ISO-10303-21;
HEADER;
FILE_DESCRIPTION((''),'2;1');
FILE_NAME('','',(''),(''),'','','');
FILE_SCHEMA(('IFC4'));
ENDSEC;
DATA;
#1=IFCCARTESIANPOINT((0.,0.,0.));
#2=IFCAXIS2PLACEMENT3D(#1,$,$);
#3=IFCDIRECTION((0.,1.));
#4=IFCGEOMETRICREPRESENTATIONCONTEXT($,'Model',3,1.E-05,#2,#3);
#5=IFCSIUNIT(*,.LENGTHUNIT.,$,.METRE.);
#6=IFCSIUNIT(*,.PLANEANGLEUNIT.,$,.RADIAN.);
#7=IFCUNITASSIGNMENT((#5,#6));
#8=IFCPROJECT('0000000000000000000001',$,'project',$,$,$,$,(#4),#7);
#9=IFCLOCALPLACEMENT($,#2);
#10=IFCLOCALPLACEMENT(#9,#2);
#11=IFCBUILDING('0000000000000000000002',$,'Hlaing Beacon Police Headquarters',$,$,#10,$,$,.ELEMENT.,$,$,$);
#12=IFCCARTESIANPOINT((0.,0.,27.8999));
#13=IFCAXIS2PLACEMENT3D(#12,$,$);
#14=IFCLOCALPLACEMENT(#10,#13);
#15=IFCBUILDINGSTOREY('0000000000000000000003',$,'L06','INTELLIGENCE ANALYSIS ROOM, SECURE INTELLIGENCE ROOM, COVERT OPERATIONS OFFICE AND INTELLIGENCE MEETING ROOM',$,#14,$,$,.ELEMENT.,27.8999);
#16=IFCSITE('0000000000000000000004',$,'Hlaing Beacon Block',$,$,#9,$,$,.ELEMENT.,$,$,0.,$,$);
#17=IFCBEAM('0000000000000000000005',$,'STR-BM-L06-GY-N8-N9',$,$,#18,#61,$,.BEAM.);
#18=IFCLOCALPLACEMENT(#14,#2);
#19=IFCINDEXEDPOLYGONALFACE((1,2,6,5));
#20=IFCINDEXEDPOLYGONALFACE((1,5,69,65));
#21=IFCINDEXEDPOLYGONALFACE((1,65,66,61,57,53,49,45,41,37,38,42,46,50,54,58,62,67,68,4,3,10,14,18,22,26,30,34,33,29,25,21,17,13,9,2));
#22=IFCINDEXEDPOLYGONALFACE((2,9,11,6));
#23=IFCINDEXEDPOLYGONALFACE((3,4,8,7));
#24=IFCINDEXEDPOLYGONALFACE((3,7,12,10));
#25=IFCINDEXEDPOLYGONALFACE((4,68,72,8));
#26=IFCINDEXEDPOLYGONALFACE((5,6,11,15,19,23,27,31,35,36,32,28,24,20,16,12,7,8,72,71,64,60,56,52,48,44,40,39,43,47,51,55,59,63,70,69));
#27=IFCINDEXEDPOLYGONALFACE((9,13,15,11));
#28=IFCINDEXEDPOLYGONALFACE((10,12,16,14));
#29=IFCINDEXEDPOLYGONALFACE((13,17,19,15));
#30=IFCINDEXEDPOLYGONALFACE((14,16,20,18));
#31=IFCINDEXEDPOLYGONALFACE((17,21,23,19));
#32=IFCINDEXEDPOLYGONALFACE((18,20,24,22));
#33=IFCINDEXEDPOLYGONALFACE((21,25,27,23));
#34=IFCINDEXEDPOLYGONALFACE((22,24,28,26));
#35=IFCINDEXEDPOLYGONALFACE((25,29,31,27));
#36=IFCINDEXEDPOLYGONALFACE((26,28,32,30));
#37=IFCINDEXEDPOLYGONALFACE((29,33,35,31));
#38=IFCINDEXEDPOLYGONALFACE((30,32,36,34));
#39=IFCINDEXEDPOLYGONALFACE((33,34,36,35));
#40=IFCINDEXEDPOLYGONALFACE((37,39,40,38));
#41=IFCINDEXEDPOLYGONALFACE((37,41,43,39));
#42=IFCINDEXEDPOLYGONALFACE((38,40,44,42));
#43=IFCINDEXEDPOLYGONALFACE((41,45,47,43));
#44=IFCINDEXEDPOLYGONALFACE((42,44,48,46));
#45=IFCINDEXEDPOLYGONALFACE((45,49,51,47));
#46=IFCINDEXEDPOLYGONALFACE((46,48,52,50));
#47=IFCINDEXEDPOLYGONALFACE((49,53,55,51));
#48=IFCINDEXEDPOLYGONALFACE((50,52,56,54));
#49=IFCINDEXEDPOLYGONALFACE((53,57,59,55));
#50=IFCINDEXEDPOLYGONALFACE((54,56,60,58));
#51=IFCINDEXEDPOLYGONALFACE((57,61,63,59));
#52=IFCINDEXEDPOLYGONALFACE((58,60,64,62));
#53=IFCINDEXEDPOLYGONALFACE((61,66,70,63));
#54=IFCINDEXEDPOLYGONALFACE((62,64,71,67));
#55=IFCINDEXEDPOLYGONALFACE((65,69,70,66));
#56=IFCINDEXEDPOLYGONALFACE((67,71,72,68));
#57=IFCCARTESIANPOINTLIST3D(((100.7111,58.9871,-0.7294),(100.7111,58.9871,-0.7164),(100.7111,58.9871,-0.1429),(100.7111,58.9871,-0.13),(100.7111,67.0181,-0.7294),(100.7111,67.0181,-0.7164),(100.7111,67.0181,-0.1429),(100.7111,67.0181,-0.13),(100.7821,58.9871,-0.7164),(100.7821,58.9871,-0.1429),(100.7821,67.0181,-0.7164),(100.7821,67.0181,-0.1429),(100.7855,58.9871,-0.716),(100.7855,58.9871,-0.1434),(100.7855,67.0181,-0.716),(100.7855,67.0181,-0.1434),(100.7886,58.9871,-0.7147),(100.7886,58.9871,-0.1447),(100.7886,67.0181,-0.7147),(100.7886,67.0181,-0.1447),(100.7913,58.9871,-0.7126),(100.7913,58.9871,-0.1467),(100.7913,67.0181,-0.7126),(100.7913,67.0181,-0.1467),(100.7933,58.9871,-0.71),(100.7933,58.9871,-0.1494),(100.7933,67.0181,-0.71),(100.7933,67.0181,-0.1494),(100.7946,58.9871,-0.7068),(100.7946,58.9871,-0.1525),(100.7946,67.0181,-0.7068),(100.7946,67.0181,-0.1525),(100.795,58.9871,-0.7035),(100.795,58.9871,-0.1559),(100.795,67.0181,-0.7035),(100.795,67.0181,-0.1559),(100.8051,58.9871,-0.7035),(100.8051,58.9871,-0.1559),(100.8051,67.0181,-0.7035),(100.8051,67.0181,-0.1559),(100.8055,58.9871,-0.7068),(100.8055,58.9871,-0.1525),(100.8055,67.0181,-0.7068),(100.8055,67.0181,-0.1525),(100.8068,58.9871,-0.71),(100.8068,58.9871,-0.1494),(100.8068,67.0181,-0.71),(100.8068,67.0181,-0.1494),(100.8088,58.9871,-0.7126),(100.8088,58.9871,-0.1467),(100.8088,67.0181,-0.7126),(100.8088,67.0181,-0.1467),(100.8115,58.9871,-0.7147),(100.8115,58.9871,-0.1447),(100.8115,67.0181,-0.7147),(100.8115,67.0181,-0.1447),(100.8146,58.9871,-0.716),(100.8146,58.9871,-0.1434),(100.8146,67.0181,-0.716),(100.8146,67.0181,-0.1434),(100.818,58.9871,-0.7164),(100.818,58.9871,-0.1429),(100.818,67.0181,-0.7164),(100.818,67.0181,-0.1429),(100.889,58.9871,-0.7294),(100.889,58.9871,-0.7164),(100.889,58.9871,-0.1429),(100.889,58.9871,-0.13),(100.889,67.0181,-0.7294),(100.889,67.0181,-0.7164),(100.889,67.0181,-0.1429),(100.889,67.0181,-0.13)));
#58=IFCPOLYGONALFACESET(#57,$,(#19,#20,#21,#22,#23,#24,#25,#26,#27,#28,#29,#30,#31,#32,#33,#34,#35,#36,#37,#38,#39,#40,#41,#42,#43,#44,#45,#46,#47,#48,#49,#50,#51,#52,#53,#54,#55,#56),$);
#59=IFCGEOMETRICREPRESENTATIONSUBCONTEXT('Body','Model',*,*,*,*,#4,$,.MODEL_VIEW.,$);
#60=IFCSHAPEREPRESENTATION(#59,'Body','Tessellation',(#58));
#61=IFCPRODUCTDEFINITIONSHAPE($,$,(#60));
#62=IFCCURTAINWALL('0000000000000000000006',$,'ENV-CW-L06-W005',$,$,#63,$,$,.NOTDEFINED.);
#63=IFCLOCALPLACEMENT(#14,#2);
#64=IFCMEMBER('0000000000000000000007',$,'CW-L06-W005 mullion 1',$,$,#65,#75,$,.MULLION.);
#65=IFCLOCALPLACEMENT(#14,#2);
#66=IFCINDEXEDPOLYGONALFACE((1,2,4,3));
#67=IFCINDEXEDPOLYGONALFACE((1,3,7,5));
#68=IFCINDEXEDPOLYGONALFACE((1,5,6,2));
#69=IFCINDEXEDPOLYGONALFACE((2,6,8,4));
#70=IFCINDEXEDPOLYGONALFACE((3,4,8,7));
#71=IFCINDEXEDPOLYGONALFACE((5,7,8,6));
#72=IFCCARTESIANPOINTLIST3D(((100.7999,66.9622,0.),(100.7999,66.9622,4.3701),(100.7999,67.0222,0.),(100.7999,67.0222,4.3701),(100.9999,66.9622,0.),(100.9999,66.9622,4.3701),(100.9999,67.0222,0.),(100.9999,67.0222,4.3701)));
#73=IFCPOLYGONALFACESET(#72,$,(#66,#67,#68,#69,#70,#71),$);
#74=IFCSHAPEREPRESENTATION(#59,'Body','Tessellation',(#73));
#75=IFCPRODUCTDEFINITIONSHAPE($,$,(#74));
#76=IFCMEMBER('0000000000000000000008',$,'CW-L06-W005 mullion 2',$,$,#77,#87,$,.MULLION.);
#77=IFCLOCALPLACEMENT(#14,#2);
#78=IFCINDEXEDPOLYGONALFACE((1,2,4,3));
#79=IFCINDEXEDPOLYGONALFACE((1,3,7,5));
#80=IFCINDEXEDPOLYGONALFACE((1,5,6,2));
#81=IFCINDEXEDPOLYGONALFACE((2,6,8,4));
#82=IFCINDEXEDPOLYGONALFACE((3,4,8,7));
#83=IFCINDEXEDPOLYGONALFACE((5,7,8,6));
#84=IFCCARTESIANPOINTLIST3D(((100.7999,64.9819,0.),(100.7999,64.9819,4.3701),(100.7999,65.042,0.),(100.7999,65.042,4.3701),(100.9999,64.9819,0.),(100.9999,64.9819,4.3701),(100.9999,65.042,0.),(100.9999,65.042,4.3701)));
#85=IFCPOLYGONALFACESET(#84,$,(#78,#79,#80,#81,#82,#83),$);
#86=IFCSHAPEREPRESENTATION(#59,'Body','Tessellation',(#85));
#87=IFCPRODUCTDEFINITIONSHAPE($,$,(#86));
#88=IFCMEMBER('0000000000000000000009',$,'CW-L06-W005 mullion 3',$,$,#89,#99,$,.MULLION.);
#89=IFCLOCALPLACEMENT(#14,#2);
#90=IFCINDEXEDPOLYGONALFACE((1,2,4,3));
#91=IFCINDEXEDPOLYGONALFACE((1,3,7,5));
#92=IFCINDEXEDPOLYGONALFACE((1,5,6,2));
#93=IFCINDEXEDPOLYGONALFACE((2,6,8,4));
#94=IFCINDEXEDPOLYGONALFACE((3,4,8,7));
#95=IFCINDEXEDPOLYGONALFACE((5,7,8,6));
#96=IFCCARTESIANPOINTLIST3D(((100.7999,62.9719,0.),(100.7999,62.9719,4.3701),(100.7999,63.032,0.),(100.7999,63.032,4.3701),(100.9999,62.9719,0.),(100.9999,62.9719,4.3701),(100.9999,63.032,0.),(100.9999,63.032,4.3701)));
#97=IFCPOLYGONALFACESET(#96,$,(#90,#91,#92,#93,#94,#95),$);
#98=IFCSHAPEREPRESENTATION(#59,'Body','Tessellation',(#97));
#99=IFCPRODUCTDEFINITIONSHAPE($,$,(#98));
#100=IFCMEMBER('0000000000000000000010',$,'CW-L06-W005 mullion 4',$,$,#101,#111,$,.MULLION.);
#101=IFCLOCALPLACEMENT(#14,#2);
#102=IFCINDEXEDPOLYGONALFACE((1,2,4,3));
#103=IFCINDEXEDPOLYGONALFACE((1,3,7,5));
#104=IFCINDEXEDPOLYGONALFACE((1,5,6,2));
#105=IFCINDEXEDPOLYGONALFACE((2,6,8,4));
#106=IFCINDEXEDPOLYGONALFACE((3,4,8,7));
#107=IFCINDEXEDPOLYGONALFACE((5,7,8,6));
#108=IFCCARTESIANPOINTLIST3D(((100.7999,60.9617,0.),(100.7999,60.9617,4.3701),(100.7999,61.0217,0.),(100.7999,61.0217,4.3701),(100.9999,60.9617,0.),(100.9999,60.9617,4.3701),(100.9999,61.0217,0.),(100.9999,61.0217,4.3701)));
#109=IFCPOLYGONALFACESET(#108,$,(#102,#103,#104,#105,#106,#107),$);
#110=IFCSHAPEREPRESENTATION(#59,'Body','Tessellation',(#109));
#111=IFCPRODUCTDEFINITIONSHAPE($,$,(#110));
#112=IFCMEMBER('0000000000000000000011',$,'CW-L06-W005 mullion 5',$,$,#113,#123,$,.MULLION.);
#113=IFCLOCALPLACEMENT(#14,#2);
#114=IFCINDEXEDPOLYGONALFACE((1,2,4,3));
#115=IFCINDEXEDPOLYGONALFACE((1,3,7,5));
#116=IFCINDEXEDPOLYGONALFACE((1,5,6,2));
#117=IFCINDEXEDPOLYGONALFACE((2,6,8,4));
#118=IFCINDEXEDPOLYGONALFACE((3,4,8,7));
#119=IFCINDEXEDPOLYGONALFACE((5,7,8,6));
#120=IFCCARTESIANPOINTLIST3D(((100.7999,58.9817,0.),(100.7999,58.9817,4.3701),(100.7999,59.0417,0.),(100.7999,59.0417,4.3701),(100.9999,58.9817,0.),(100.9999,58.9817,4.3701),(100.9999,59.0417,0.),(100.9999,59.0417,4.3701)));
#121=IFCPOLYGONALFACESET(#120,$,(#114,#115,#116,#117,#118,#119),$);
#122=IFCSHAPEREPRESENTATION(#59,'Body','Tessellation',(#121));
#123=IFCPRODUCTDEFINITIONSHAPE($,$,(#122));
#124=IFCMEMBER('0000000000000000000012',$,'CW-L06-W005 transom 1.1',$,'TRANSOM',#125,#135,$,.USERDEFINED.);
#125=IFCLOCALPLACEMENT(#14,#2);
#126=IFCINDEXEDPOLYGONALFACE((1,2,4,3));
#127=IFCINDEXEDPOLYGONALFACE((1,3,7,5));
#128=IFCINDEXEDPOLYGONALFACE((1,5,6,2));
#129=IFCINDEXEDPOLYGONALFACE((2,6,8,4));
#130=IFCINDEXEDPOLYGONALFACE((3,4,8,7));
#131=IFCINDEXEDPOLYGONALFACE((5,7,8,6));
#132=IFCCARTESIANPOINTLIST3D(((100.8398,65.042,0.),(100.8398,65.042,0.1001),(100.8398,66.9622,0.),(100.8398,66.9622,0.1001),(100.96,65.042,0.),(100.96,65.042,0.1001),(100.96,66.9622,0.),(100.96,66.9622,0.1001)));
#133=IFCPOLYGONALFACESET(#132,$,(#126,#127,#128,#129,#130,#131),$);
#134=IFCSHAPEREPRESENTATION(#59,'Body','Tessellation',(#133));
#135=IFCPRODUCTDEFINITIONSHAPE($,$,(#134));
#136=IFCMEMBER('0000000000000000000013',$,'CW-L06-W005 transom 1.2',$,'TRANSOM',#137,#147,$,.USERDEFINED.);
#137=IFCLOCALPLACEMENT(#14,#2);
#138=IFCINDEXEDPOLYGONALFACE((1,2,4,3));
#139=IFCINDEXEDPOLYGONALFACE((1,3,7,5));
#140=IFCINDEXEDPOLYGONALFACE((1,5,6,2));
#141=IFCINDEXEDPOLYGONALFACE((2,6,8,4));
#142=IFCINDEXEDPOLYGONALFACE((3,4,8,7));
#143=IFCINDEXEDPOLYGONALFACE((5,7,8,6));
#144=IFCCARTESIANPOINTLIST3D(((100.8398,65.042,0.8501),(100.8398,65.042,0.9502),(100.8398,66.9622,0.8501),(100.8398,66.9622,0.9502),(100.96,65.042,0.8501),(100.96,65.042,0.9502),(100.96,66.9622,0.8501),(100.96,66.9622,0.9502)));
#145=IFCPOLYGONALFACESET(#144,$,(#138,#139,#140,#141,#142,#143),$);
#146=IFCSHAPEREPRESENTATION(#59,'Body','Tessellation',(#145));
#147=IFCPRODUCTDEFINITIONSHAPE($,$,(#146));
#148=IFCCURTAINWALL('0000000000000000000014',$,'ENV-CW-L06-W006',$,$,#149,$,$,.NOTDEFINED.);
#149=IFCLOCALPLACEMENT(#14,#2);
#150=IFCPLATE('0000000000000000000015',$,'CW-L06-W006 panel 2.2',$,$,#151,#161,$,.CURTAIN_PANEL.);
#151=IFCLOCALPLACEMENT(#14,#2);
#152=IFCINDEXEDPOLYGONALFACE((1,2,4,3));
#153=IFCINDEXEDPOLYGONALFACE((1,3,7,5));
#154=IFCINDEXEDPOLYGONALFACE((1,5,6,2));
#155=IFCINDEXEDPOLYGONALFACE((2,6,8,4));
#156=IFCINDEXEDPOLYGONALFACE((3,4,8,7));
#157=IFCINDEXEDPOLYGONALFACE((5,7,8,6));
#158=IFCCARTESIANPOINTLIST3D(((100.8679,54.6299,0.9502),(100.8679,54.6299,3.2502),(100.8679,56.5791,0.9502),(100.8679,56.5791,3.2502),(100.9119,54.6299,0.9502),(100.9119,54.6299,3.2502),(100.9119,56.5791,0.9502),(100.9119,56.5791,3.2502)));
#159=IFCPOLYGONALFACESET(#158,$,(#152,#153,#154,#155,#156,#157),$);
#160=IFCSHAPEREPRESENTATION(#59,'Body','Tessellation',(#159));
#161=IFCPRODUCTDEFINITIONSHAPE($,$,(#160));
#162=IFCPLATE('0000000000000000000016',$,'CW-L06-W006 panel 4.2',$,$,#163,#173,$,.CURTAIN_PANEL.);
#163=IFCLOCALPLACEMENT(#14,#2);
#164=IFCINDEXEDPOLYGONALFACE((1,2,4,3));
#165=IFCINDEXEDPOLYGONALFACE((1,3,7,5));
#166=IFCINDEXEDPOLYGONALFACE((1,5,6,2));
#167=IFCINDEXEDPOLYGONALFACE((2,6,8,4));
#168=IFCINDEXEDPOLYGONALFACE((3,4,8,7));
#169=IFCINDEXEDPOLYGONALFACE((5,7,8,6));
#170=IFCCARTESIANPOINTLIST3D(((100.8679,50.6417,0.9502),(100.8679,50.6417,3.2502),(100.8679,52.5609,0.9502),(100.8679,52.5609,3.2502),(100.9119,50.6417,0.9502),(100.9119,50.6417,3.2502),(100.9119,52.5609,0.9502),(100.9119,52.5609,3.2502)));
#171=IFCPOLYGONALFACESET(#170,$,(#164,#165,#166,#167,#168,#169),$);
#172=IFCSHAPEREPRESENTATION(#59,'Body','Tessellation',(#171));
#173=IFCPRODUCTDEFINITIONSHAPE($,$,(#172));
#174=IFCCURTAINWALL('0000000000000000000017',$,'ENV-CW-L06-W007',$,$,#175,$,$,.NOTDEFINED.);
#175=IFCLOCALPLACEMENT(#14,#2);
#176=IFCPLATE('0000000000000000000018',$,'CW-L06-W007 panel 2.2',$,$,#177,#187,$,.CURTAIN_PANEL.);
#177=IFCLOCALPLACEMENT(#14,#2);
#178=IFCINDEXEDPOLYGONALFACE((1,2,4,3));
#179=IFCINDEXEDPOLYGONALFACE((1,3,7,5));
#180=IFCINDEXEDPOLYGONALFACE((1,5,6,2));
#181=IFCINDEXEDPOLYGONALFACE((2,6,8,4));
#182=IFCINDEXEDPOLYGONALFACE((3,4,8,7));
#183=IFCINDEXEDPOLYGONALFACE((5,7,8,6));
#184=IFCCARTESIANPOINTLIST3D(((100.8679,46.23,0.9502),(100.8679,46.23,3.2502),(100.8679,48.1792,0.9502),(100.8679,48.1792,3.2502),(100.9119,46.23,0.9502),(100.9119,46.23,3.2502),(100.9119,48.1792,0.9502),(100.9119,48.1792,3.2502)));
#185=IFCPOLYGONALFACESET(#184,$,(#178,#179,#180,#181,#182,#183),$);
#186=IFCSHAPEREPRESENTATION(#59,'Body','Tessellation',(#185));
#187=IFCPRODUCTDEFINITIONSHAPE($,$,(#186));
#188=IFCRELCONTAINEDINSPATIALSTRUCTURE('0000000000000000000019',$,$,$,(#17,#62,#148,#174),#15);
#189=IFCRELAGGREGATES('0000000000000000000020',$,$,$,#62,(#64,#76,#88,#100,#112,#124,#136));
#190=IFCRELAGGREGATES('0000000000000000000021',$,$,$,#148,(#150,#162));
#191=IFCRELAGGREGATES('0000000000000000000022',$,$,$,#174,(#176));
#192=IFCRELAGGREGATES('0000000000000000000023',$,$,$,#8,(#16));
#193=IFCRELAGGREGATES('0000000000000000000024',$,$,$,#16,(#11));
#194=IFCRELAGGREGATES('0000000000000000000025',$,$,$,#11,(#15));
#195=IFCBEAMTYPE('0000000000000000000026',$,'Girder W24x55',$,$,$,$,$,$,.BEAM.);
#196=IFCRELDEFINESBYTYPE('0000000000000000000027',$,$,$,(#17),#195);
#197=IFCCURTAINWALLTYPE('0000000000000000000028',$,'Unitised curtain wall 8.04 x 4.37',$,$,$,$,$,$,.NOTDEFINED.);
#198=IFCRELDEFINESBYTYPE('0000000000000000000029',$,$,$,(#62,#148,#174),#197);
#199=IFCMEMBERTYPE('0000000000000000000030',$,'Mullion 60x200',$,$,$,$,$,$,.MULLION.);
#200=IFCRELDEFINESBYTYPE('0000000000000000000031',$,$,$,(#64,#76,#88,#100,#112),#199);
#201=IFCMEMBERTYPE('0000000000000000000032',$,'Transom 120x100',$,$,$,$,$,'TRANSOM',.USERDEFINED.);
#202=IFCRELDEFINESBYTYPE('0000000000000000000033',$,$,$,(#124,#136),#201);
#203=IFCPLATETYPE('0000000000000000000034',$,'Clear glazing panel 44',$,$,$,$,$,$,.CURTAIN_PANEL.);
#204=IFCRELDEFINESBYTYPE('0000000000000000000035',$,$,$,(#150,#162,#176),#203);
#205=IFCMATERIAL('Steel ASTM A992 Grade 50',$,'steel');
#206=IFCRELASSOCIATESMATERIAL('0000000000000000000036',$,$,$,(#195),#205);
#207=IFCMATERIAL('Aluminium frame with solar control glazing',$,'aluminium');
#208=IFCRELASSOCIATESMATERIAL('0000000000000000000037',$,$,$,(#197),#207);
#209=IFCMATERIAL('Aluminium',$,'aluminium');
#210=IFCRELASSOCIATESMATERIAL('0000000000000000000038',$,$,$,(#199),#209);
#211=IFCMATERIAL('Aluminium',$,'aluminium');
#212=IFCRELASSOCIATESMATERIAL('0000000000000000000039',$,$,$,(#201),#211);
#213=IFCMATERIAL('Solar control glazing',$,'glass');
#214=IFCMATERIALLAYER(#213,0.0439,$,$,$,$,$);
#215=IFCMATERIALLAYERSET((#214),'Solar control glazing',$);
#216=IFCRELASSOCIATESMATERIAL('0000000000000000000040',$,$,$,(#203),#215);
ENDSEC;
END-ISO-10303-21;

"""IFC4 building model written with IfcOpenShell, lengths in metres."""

from ifc_helpers import new_model, si_unit, direction, frame, origin, origin_2d, place, context, subcontext, project, spatial, rectangle, i_section, extrude, material, layer, layer_set, material_profile, profile_set, type_object, element, aggregate, save


model = new_model("IFC4")

# Units and contexts
model_context = context("Model", 3, precision=1e-05, world=origin(), true_north=direction((0.0, 1.0)))
body_context = subcontext(model_context, "Body", "Model", "MODEL_VIEW")
ifc_project = project(units=[si_unit("LENGTHUNIT", "METRE"), si_unit("PLANEANGLEUNIT", "RADIAN")], contexts=[model_context])

# Site, building, storey
site_placement = place(None, origin())
site = spatial("IfcSite", under=ifc_project, at=site_placement, Name="Hlaing Beacon Block", CompositionType="ELEMENT", RefElevation=0.0)
building_placement = place(site_placement, origin())
building = spatial("IfcBuilding", under=site, at=building_placement, Name="Hlaing Beacon Police Headquarters", CompositionType="ELEMENT")
storey_placement = place(building_placement, frame((0.0, 0.0, 27.8999)))
storey = spatial("IfcBuildingStorey", under=building, at=storey_placement, Name="L06", Description="INTELLIGENCE ANALYSIS ROOM, SECURE INTELLIGENCE ROOM, COVERT OPERATIONS OFFICE AND INTELLIGENCE MEETING ROOM", CompositionType="ELEMENT", Elevation=27.8999)

# Beam
ifc_material_1 = material(Name="Steel ASTM A992 Grade 50", Category="steel")
ifc_material_profile_1 = material_profile(ifc_material_1, i_section(OverallWidth=0.178, OverallDepth=0.5994, WebThickness=0.01, FlangeThickness=0.0129, FilletRadius=0.0129, at=origin_2d()), Name="W24x55")
ifc_profile_set_1 = profile_set([ifc_material_profile_1], Name="Steel ASTM A992 Grade 50")
beam_type = type_object("IfcBeamType", Name="Girder W24x55", PredefinedType="BEAM", material=ifc_profile_set_1)
beam_placement = place(storey_placement, frame((100.8, 58.9871, -0.4297), z_axis=(0.0, 1.0, 0.0), x_axis=(-1.0, 0.0, 0.0)))
element("IfcBeam", 1, at=beam_placement, inside=storey, type_object=beam_type, Name="STR-BM-L06-GY-N8-N9", PredefinedType="BEAM", context=body_context, shape_type="SweptSolid", body=[
    extrude(i_section(OverallWidth=0.178, OverallDepth=0.5994, WebThickness=0.01, FlangeThickness=0.0129, FilletRadius=0.0129, at=origin_2d()), origin(), (0.0, 0.0, 1.0), 8.031),
])

# Curtain wall, members
ifc_material_2 = material(Name="Aluminium frame with solar control glazing", Category="aluminium")
curtain_wall_type = type_object("IfcCurtainWallType", Name="Unitised curtain wall 8.04 x 4.37", PredefinedType="NOTDEFINED", material=ifc_material_2)
curtain_wall_1_placement = place(storey_placement, origin())
curtain_wall_1 = element("IfcCurtainWall", 2, at=curtain_wall_1_placement, inside=storey, type_object=curtain_wall_type, Name="ENV-CW-L06-W005", PredefinedType="NOTDEFINED")
ifc_material_3 = material(Name="Aluminium", Category="aluminium")
ifc_material_profile_2 = material_profile(ifc_material_3, rectangle(XDim=0.2, YDim=0.0601, at=origin_2d()), Name="Mullion 60x200")
ifc_profile_set_2 = profile_set([ifc_material_profile_2], Name="Aluminium")
member_type_1 = type_object("IfcMemberType", Name="Mullion 60x200", PredefinedType="MULLION", material=ifc_profile_set_2)
member_1_placement = place(storey_placement, frame((100.8999, 66.9922, 0.0), z_axis=(0.0, 0.0, 1.0), x_axis=(1.0, 0.0, 0.0)))
member_1 = element("IfcMember", 3, at=member_1_placement, type_object=member_type_1, Name="CW-L06-W005 mullion 1", PredefinedType="MULLION", context=body_context, shape_type="SweptSolid", body=[
    extrude(rectangle(XDim=0.2, YDim=0.0601, at=origin_2d()), origin(), (0.0, 0.0, 1.0), 4.3701),
])
member_2_placement = place(storey_placement, frame((100.8999, 65.012, 0.0), z_axis=(0.0, 0.0, 1.0), x_axis=(1.0, 0.0, 0.0)))
member_2 = element("IfcMember", 4, at=member_2_placement, type_object=member_type_1, Name="CW-L06-W005 mullion 2", PredefinedType="MULLION", context=body_context, shape_type="SweptSolid", body=[
    extrude(rectangle(XDim=0.2, YDim=0.0601, at=origin_2d()), origin(), (0.0, 0.0, 1.0), 4.3701),
])
member_3_placement = place(storey_placement, frame((100.8999, 63.002, 0.0), z_axis=(0.0, 0.0, 1.0), x_axis=(1.0, 0.0, 0.0)))
member_3 = element("IfcMember", 5, at=member_3_placement, type_object=member_type_1, Name="CW-L06-W005 mullion 3", PredefinedType="MULLION", context=body_context, shape_type="SweptSolid", body=[
    extrude(rectangle(XDim=0.2, YDim=0.0601, at=origin_2d()), origin(), (0.0, 0.0, 1.0), 4.3701),
])
member_4_placement = place(storey_placement, frame((100.8999, 60.9917, 0.0), z_axis=(0.0, 0.0, 1.0), x_axis=(1.0, 0.0, 0.0)))
member_4 = element("IfcMember", 6, at=member_4_placement, type_object=member_type_1, Name="CW-L06-W005 mullion 4", PredefinedType="MULLION", context=body_context, shape_type="SweptSolid", body=[
    extrude(rectangle(XDim=0.2, YDim=0.0601, at=origin_2d()), origin(), (0.0, 0.0, 1.0), 4.3701),
])
member_5_placement = place(storey_placement, frame((100.8999, 59.0117, 0.0), z_axis=(0.0, 0.0, 1.0), x_axis=(1.0, 0.0, 0.0)))
member_5 = element("IfcMember", 7, at=member_5_placement, type_object=member_type_1, Name="CW-L06-W005 mullion 5", PredefinedType="MULLION", context=body_context, shape_type="SweptSolid", body=[
    extrude(rectangle(XDim=0.2, YDim=0.0601, at=origin_2d()), origin(), (0.0, 0.0, 1.0), 4.3701),
])
ifc_material_4 = material(Name="Aluminium", Category="aluminium")
ifc_material_profile_3 = material_profile(ifc_material_4, rectangle(XDim=0.1201, YDim=0.1001, at=origin_2d()), Name="Transom 120x100")
ifc_profile_set_3 = profile_set([ifc_material_profile_3], Name="Aluminium")
member_type_2 = type_object("IfcMemberType", Name="Transom 120x100", ElementType="TRANSOM", PredefinedType="USERDEFINED", material=ifc_profile_set_3)
member_6_placement = place(storey_placement, frame((100.8999, 66.9622, 0.05), z_axis=(0.0, -1.0, 0.0), x_axis=(1.0, 0.0, 0.0)))
member_6 = element("IfcMember", 8, at=member_6_placement, type_object=member_type_2, Name="CW-L06-W005 transom 1.1", ObjectType="TRANSOM", PredefinedType="USERDEFINED", context=body_context, shape_type="SweptSolid", body=[
    extrude(rectangle(XDim=0.1201, YDim=0.1001, at=origin_2d()), origin(), (0.0, 0.0, 1.0), 1.9202),
])
member_7_placement = place(storey_placement, frame((100.8999, 66.9622, 0.9001), z_axis=(0.0, -1.0, 0.0), x_axis=(1.0, 0.0, 0.0)))
member_7 = element("IfcMember", 9, at=member_7_placement, type_object=member_type_2, Name="CW-L06-W005 transom 1.2", ObjectType="TRANSOM", PredefinedType="USERDEFINED", context=body_context, shape_type="SweptSolid", body=[
    extrude(rectangle(XDim=0.1201, YDim=0.1001, at=origin_2d()), origin(), (0.0, 0.0, 1.0), 1.9202),
])
aggregate(curtain_wall_1, [member_1, member_2, member_3, member_4, member_5, member_6, member_7])

# Curtain walls, plates
curtain_wall_2_placement = place(storey_placement, origin())
curtain_wall_2 = element("IfcCurtainWall", 10, at=curtain_wall_2_placement, inside=storey, type_object=curtain_wall_type, Name="ENV-CW-L06-W006", PredefinedType="NOTDEFINED")
ifc_material_5 = material(Name="Solar control glazing", Category="glass")
ifc_layer_1 = layer(ifc_material_5, 0.0439)
ifc_layer_set_1 = layer_set([ifc_layer_1], Name="Solar control glazing")
plate_type_1 = type_object("IfcPlateType", Name="Clear glazing panel 44", PredefinedType="CURTAIN_PANEL", material=ifc_layer_set_1)
plate_1_placement = place(storey_placement, frame((100.8899, 55.6045, 0.9502), z_axis=(0.0, 0.0, 1.0), x_axis=(0.0, -1.0, 0.0)))
plate_1 = element("IfcPlate", 11, at=plate_1_placement, type_object=plate_type_1, Name="CW-L06-W006 panel 2.2", PredefinedType="CURTAIN_PANEL", context=body_context, shape_type="SweptSolid", body=[
    extrude(rectangle(XDim=1.9492, YDim=0.0439, at=origin_2d()), origin(), (0.0, 0.0, 1.0), 2.3),
])
plate_2_placement = place(storey_placement, frame((100.8899, 51.6013, 0.9502), z_axis=(0.0, 0.0, 1.0), x_axis=(0.0, -1.0, 0.0)))
plate_2 = element("IfcPlate", 12, at=plate_2_placement, type_object=plate_type_1, Name="CW-L06-W006 panel 4.2", PredefinedType="CURTAIN_PANEL", context=body_context, shape_type="SweptSolid", body=[
    extrude(rectangle(XDim=1.9192, YDim=0.0439, at=origin_2d()), origin(), (0.0, 0.0, 1.0), 2.3),
])
curtain_wall_3_placement = place(storey_placement, origin())
curtain_wall_3 = element("IfcCurtainWall", 13, at=curtain_wall_3_placement, inside=storey, type_object=curtain_wall_type, Name="ENV-CW-L06-W007", PredefinedType="NOTDEFINED")
plate_3_placement = place(storey_placement, frame((100.8899, 47.2046, 0.9502), z_axis=(0.0, 0.0, 1.0), x_axis=(0.0, -1.0, 0.0)))
plate_3 = element("IfcPlate", 14, at=plate_3_placement, type_object=plate_type_1, Name="CW-L06-W007 panel 2.2", PredefinedType="CURTAIN_PANEL", context=body_context, shape_type="SweptSolid", body=[
    extrude(rectangle(XDim=1.9492, YDim=0.0439, at=origin_2d()), origin(), (0.0, 0.0, 1.0), 2.3),
])

aggregate(curtain_wall_2, [plate_1, plate_2])
aggregate(curtain_wall_3, [plate_3])

save(model, "model.ifc")
